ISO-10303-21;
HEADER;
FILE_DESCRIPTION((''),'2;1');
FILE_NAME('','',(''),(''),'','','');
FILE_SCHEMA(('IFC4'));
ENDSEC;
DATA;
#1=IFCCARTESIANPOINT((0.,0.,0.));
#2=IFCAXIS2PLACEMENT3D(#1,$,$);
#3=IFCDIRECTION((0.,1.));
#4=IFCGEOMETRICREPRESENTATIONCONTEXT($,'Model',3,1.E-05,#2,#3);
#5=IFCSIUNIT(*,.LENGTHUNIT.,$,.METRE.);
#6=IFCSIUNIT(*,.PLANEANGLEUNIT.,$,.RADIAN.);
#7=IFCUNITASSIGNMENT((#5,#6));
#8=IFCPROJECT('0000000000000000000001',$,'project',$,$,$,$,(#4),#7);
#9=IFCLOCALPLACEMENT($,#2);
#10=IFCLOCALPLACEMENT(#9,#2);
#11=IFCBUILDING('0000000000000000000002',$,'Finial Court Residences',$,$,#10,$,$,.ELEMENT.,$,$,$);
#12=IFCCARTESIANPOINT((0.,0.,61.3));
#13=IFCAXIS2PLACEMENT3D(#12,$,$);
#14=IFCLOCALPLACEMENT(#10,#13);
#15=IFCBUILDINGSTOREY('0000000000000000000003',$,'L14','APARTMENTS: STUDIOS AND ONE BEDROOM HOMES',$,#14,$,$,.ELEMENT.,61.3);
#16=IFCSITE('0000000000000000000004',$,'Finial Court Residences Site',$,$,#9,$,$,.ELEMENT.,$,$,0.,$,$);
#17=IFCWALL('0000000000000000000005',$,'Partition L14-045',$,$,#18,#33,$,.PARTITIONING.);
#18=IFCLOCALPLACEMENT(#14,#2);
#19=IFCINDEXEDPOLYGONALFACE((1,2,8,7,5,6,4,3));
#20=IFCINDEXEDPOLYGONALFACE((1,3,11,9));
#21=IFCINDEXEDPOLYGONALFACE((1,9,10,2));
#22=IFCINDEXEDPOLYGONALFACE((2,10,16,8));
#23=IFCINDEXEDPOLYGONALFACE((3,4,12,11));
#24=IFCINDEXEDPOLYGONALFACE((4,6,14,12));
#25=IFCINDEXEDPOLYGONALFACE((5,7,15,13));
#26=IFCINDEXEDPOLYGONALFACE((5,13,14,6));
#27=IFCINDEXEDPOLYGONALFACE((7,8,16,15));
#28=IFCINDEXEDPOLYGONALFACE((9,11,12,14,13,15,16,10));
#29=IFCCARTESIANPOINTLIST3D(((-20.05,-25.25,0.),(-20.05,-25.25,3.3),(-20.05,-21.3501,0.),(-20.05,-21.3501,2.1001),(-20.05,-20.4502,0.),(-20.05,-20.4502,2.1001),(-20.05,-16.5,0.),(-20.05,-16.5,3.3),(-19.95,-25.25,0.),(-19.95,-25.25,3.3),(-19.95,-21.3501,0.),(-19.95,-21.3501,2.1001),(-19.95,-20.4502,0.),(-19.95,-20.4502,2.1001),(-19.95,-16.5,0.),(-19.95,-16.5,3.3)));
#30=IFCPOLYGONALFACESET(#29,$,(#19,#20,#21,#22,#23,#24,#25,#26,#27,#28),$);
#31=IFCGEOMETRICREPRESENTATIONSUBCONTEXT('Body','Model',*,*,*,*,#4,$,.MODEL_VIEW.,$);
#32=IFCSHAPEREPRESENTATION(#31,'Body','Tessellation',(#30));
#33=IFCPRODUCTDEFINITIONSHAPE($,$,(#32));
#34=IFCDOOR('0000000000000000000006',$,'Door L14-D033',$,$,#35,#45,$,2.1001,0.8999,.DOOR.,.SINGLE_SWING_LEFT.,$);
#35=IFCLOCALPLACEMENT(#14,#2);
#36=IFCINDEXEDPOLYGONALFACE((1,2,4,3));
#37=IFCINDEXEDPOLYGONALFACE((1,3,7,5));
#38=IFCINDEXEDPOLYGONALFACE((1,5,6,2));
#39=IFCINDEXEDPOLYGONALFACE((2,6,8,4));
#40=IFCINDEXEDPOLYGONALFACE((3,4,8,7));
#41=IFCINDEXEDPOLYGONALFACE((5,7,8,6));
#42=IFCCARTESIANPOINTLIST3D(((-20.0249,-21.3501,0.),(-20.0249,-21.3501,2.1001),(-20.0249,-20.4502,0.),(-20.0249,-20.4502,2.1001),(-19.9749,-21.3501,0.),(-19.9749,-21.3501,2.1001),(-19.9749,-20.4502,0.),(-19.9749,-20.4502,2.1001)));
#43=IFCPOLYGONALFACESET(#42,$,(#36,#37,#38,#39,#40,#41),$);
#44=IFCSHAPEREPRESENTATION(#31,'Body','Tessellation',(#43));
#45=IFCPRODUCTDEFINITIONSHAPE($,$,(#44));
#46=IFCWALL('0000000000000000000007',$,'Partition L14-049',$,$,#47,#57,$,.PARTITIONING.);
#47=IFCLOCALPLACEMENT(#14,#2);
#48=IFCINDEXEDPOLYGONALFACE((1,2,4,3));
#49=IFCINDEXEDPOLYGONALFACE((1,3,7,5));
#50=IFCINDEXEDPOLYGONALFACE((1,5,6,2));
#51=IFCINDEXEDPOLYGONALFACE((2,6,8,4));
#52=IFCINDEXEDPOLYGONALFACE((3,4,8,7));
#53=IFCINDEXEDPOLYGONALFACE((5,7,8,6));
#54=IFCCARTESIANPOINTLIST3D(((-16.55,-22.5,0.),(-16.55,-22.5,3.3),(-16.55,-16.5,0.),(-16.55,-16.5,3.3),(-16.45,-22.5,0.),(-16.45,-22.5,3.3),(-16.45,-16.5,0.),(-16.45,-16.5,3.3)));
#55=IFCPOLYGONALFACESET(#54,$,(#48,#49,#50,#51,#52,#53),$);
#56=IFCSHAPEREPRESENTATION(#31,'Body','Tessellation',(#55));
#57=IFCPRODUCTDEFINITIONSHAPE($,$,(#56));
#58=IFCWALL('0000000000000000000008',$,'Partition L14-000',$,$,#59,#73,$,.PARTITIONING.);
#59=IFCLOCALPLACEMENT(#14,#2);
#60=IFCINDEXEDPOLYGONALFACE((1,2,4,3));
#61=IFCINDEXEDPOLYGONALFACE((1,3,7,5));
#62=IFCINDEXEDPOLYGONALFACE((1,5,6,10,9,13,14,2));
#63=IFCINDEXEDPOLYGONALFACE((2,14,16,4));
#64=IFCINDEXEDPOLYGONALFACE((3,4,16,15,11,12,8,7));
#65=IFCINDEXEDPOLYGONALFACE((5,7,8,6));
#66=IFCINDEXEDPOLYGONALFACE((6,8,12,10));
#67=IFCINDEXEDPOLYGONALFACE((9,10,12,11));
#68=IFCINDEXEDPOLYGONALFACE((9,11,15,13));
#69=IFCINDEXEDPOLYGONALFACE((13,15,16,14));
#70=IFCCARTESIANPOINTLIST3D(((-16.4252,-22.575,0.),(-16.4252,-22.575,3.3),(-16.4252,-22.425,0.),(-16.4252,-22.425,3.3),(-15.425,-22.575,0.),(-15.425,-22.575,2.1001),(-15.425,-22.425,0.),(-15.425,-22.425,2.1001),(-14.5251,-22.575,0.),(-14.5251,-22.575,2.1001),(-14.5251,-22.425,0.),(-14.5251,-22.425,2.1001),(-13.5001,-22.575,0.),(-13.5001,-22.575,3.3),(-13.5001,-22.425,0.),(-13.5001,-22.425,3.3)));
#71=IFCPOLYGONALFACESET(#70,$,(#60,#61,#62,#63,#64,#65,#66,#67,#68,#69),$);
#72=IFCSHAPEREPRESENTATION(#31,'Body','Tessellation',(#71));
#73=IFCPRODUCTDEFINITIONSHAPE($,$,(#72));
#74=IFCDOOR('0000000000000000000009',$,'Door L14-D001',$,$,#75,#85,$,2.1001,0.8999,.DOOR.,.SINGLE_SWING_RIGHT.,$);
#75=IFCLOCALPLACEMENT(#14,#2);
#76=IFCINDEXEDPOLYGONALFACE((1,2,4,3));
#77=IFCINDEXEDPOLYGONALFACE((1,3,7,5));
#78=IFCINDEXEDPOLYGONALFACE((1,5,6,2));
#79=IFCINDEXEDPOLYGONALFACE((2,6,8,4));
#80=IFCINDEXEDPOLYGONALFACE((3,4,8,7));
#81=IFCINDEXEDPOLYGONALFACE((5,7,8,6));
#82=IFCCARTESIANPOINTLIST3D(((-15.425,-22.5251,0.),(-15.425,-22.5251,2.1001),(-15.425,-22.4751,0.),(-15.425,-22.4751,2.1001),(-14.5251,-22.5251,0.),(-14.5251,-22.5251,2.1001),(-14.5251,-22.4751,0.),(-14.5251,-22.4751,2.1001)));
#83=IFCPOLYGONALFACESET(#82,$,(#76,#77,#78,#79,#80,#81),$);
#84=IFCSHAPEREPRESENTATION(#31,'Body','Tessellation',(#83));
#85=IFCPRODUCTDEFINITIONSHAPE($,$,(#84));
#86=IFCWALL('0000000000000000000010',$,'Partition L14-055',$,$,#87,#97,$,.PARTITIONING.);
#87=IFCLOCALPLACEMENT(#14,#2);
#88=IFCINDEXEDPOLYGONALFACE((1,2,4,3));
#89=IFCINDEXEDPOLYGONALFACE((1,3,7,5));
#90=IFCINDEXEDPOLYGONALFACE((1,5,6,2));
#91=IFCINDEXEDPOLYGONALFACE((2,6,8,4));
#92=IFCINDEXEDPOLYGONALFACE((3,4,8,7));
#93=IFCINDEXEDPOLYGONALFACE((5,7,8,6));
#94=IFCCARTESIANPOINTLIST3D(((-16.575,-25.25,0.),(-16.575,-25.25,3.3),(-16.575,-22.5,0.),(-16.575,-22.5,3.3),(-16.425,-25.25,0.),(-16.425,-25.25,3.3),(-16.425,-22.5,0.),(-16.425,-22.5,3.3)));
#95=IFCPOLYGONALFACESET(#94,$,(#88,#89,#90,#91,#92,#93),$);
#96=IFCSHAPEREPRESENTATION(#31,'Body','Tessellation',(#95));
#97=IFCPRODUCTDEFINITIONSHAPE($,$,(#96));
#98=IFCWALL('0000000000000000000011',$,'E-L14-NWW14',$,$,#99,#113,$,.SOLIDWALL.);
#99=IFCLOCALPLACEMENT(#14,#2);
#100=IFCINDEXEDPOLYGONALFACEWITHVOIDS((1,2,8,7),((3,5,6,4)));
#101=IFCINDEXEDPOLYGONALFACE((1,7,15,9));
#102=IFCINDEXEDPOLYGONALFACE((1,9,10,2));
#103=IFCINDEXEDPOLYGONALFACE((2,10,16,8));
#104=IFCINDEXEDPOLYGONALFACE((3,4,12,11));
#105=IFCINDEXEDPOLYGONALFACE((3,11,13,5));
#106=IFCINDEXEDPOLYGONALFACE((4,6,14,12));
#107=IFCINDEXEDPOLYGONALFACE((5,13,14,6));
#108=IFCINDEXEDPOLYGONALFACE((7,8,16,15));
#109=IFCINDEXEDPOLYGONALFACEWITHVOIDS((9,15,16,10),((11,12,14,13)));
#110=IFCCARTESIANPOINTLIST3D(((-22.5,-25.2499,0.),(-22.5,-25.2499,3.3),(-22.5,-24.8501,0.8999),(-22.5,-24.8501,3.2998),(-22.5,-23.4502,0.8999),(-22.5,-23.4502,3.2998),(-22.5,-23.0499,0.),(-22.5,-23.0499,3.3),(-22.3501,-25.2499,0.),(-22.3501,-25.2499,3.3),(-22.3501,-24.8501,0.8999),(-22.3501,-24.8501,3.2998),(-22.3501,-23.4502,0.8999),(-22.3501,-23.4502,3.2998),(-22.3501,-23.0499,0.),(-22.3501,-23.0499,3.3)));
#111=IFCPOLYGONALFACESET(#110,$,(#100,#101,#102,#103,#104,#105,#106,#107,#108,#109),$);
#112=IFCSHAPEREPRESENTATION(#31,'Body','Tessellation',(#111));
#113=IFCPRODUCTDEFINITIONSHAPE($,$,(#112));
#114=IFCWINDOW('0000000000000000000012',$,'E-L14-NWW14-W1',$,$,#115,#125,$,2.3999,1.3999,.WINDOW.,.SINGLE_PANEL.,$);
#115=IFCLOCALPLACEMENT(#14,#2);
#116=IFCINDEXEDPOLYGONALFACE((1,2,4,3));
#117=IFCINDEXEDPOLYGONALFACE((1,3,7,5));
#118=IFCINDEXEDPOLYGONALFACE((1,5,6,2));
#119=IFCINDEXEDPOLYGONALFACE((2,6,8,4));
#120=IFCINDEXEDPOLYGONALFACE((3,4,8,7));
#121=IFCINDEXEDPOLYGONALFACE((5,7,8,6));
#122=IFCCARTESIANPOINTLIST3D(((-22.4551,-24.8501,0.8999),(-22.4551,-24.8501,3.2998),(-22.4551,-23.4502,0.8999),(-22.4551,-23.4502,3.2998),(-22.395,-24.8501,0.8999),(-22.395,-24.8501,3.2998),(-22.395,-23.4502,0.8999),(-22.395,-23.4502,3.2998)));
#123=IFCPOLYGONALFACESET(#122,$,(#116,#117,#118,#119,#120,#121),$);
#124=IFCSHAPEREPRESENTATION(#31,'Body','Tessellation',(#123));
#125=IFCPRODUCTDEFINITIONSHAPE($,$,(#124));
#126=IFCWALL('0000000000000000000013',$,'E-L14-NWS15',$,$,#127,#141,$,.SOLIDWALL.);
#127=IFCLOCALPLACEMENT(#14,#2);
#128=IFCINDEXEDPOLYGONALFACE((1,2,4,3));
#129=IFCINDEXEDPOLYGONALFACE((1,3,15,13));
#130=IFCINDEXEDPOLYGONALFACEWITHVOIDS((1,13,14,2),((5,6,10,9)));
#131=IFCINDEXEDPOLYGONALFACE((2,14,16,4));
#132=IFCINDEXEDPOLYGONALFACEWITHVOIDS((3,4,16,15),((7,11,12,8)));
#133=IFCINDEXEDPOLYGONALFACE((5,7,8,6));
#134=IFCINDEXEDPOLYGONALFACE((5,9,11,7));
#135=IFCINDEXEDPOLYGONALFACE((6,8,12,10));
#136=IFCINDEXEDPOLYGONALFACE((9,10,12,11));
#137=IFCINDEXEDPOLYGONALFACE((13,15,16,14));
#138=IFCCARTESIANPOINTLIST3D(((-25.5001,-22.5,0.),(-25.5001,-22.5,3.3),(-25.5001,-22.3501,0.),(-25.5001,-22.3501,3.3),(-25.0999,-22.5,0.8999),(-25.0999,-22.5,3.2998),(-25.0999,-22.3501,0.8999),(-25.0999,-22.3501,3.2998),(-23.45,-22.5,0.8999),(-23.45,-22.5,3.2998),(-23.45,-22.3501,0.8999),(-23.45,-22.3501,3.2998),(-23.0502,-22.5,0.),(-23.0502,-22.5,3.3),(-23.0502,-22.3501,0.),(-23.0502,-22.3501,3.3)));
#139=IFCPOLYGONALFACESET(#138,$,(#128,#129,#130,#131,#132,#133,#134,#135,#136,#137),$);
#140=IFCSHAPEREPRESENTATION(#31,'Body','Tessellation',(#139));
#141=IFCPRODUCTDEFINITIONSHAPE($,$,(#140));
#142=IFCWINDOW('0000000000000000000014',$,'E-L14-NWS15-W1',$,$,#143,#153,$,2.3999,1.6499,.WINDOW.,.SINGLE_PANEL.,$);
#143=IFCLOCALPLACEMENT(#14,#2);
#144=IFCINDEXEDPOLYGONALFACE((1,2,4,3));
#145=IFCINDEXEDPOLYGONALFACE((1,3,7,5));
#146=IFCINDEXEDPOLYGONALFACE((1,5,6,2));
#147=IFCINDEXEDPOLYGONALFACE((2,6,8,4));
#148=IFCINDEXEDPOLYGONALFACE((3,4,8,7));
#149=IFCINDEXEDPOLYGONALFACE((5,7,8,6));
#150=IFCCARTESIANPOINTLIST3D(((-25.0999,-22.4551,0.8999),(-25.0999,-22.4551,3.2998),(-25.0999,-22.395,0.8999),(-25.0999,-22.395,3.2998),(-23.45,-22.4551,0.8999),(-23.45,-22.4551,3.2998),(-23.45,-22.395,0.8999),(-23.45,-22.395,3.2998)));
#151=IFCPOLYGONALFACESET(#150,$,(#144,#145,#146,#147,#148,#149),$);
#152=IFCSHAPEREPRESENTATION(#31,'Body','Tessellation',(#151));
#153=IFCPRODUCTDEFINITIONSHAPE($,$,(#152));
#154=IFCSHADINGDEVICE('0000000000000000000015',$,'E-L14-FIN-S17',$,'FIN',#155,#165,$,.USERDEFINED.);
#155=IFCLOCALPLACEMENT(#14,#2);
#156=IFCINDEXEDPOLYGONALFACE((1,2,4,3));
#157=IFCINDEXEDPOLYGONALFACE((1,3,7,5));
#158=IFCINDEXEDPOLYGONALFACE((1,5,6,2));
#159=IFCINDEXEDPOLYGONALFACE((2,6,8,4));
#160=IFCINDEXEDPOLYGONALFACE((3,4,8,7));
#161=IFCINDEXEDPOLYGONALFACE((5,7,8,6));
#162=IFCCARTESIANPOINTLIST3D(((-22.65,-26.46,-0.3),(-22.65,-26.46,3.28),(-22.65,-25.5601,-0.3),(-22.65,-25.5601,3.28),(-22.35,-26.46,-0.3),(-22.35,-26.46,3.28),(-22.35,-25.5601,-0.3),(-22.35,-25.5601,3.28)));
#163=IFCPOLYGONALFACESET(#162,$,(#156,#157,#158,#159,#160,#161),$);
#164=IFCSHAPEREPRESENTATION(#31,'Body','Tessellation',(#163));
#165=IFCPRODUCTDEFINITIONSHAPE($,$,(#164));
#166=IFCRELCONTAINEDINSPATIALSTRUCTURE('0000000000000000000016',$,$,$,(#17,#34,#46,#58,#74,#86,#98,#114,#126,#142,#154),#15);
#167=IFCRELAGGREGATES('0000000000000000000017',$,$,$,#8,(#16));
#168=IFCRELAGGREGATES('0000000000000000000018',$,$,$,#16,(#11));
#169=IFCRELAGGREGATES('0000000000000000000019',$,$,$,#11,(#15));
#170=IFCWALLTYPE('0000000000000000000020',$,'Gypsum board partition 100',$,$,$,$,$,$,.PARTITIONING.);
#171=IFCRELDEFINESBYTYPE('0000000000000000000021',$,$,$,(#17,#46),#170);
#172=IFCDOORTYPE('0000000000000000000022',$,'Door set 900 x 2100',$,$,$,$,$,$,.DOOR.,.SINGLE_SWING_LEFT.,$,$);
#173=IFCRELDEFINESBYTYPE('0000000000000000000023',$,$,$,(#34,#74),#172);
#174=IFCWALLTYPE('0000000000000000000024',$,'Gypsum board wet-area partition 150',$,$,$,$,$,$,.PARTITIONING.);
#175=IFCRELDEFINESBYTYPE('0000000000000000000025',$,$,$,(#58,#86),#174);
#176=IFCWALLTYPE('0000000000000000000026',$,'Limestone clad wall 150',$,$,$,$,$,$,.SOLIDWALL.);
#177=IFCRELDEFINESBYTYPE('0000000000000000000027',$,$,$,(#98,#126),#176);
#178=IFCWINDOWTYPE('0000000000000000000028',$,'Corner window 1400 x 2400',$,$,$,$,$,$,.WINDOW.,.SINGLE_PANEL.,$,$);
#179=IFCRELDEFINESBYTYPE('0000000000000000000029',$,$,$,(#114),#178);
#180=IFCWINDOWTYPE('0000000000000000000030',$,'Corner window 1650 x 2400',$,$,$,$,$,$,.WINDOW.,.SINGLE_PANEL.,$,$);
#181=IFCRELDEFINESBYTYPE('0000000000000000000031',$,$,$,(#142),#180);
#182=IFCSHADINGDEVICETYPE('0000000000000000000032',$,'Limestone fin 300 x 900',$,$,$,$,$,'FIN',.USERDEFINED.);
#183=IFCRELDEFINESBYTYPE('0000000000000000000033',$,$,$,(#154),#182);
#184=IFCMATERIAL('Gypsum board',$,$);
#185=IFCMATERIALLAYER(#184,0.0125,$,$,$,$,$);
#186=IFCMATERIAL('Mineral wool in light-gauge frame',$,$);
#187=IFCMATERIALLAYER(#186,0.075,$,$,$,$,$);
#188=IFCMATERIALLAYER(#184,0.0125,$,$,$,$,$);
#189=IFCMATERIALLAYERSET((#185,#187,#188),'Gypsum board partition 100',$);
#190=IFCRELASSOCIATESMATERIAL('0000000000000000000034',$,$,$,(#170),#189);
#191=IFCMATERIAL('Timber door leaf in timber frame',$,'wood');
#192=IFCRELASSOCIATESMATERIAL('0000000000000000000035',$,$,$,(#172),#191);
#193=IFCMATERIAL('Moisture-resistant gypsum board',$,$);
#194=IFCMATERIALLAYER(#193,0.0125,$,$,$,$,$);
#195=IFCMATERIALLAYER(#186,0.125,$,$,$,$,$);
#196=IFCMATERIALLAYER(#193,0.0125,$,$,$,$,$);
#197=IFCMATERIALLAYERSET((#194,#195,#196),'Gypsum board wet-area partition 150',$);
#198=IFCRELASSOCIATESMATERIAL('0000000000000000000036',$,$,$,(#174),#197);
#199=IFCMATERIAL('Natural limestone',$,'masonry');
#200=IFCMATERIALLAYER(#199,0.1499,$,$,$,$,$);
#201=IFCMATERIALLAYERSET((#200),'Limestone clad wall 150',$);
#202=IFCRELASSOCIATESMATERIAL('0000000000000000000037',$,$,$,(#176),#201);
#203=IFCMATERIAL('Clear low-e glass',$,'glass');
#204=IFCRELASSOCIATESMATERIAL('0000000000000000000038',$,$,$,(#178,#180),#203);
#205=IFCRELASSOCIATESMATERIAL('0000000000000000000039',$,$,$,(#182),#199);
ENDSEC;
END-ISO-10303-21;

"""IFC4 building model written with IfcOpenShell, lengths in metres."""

from ifc_helpers import new_model, si_unit, direction, frame, frame_2d, origin, origin_2d, place, context, subcontext, project, spatial, rectangle, extrude, material, layer, layer_set, type_object, element, fill, save


model = new_model("IFC4")

# Units and contexts
model_context = context("Model", 3, precision=1e-05, world=origin(), true_north=direction((0.0, 1.0)))
body_context = subcontext(model_context, "Body", "Model", "MODEL_VIEW")
ifc_project = project(units=[si_unit("LENGTHUNIT", "METRE"), si_unit("PLANEANGLEUNIT", "RADIAN")], contexts=[model_context])

# Site, building, storey
site_placement = place(None, origin())
site = spatial("IfcSite", under=ifc_project, at=site_placement, Name="Finial Court Residences Site", CompositionType="ELEMENT", RefElevation=0.0)
building_placement = place(site_placement, origin())
building = spatial("IfcBuilding", under=site, at=building_placement, Name="Finial Court Residences", CompositionType="ELEMENT")
storey_placement = place(building_placement, frame((0.0, 0.0, 61.3)))
storey = spatial("IfcBuildingStorey", under=building, at=storey_placement, Name="L14", Description="APARTMENTS: STUDIOS AND ONE BEDROOM HOMES", CompositionType="ELEMENT", Elevation=61.3)

# Shared definitions
ifc_material_1 = material(Name="Clear low-e glass", Category="glass")

# Wall, opening, door
ifc_material_2 = material(Name="Gypsum board")
ifc_layer_1 = layer(ifc_material_2, 0.0125)
ifc_material_3 = material(Name="Mineral wool in light-gauge frame")
ifc_layer_2 = layer(ifc_material_3, 0.075)
ifc_layer_3 = layer(ifc_material_2, 0.0125)
ifc_layer_set_1 = layer_set([ifc_layer_1, ifc_layer_2, ifc_layer_3], Name="Gypsum board partition 100")
wall_type_1 = type_object("IfcWallType", Name="Gypsum board partition 100", PredefinedType="PARTITIONING", material=ifc_layer_set_1)
wall_1_placement = place(storey_placement, frame((-20.0, -25.25, 0.0), z_axis=(0.0, 0.0, 1.0), x_axis=(0.0, 1.0, 0.0)))
wall_1 = element("IfcWall", 1, at=wall_1_placement, inside=storey, type_object=wall_type_1, Name="Partition L14-045", PredefinedType="PARTITIONING", context=body_context, shape_type="SweptSolid", body=[
    extrude(rectangle(XDim=8.75, YDim=0.1001, at=frame_2d((4.375, 0.0))), origin(), (0.0, 0.0, 1.0), 3.3),
])
opening_1_placement = place(wall_1_placement, frame((3.8999, 0.0, 0.0)))
opening_1 = element("IfcOpeningElement", 2, at=opening_1_placement, cuts=wall_1, PredefinedType="OPENING", context=body_context, shape_type="SweptSolid", body=[
    extrude(rectangle(XDim=0.8999, YDim=2.1001, at=frame_2d((0.45, 1.05))), frame((0.0, 0.0601, 0.0), z_axis=(0.0, -1.0, 0.0), x_axis=(1.0, 0.0, 0.0)), (0.0, 0.0, 1.0), 0.1201),
])
ifc_material_4 = material(Name="Timber door leaf in timber frame", Category="wood")
door_type = type_object("IfcDoorType", Name="Door set 900 x 2100", OperationType="SINGLE_SWING_LEFT", PredefinedType="DOOR", material=ifc_material_4)
door_1_placement = place(opening_1_placement, origin())
door_1 = element("IfcDoor", 3, at=door_1_placement, inside=storey, type_object=door_type, Name="Door L14-D033", OperationType="SINGLE_SWING_LEFT", OverallHeight=2.1001, OverallWidth=0.8999, PredefinedType="DOOR", context=body_context, shape_type="SweptSolid", body=[
    extrude(rectangle(XDim=0.8999, YDim=2.1001, at=frame_2d((0.45, 1.05))), frame((0.0, 0.0249, 0.0), z_axis=(0.0, -1.0, 0.0), x_axis=(1.0, 0.0, 0.0)), (0.0, 0.0, 1.0), 0.05),
])
fill(opening_1, door_1)

# Wall
wall_2_placement = place(storey_placement, frame((-16.5, -22.5, 0.0), z_axis=(0.0, 0.0, 1.0), x_axis=(0.0, 1.0, 0.0)))
element("IfcWall", 4, at=wall_2_placement, inside=storey, type_object=wall_type_1, Name="Partition L14-049", PredefinedType="PARTITIONING", context=body_context, shape_type="SweptSolid", body=[
    extrude(rectangle(XDim=6.0, YDim=0.1001, at=frame_2d((3.0, 0.0))), origin(), (0.0, 0.0, 1.0), 3.3),
])

# Wall, opening, door
ifc_material_5 = material(Name="Moisture-resistant gypsum board")
ifc_layer_4 = layer(ifc_material_5, 0.0125)
ifc_layer_5 = layer(ifc_material_3, 0.125)
ifc_layer_6 = layer(ifc_material_5, 0.0125)
ifc_layer_set_2 = layer_set([ifc_layer_4, ifc_layer_5, ifc_layer_6], Name="Gypsum board wet-area partition 150")
wall_type_2 = type_object("IfcWallType", Name="Gypsum board wet-area partition 150", PredefinedType="PARTITIONING", material=ifc_layer_set_2)
wall_3_placement = place(storey_placement, frame((-16.425, -22.5, 0.0), z_axis=(0.0, 0.0, 1.0), x_axis=(1.0, 0.0, 0.0)))
wall_3 = element("IfcWall", 5, at=wall_3_placement, inside=storey, type_object=wall_type_2, Name="Partition L14-000", PredefinedType="PARTITIONING", context=body_context, shape_type="SweptSolid", body=[
    extrude(rectangle(XDim=2.925, YDim=0.1499, at=frame_2d((1.4624, 0.0))), origin(), (0.0, 0.0, 1.0), 3.3),
])
opening_2_placement = place(wall_3_placement, frame((1.0, 0.0, 0.0)))
opening_2 = element("IfcOpeningElement", 6, at=opening_2_placement, cuts=wall_3, PredefinedType="OPENING", context=body_context, shape_type="SweptSolid", body=[
    extrude(rectangle(XDim=0.8999, YDim=2.1001, at=frame_2d((0.45, 1.05))), frame((0.0, 0.085, 0.0), z_axis=(0.0, -1.0, 0.0), x_axis=(1.0, 0.0, 0.0)), (0.0, 0.0, 1.0), 0.1699),
])
door_2_placement = place(opening_2_placement, origin())
door_2 = element("IfcDoor", 7, at=door_2_placement, inside=storey, type_object=door_type, Name="Door L14-D001", OperationType="SINGLE_SWING_RIGHT", OverallHeight=2.1001, OverallWidth=0.8999, PredefinedType="DOOR", context=body_context, shape_type="SweptSolid", body=[
    extrude(rectangle(XDim=0.8999, YDim=2.1001, at=frame_2d((0.45, 1.05))), frame((0.0, 0.0249, 0.0), z_axis=(0.0, -1.0, 0.0), x_axis=(1.0, 0.0, 0.0)), (0.0, 0.0, 1.0), 0.05),
])
fill(opening_2, door_2)

# Wall
wall_4_placement = place(storey_placement, frame((-16.5, -25.25, 0.0), z_axis=(0.0, 0.0, 1.0), x_axis=(0.0, 1.0, 0.0)))
element("IfcWall", 8, at=wall_4_placement, inside=storey, type_object=wall_type_2, Name="Partition L14-055", PredefinedType="PARTITIONING", context=body_context, shape_type="SweptSolid", body=[
    extrude(rectangle(XDim=2.75, YDim=0.1499, at=frame_2d((1.375, 0.0))), origin(), (0.0, 0.0, 1.0), 3.3),
])

# Walls, openings, windows
ifc_material_6 = material(Name="Natural limestone", Category="masonry")
ifc_layer_7 = layer(ifc_material_6, 0.1499)
ifc_layer_set_3 = layer_set([ifc_layer_7], Name="Limestone clad wall 150")
wall_type_3 = type_object("IfcWallType", Name="Limestone clad wall 150", PredefinedType="SOLIDWALL", material=ifc_layer_set_3)
wall_5_placement = place(storey_placement, frame((-22.425, -25.25, 0.0), z_axis=(0.0, 0.0, 1.0), x_axis=(0.0, 1.0, 0.0)))
wall_5 = element("IfcWall", 9, at=wall_5_placement, inside=storey, type_object=wall_type_3, Name="E-L14-NWW14", PredefinedType="SOLIDWALL", context=body_context, shape_type="SweptSolid", body=[
    extrude(rectangle(XDim=2.2, YDim=0.1499, at=frame_2d((1.1001, 0.0))), origin(), (0.0, 0.0, 1.0), 3.3),
])
opening_3_placement = place(wall_5_placement, frame((0.3999, 0.0, 0.8999)))
opening_3 = element("IfcOpeningElement", 10, at=opening_3_placement, cuts=wall_5, PredefinedType="OPENING", context=body_context, shape_type="SweptSolid", body=[
    extrude(rectangle(XDim=1.3999, YDim=2.3999, at=frame_2d((0.7, 1.2))), frame((0.0, 0.085, 0.0), z_axis=(0.0, -1.0, 0.0), x_axis=(1.0, 0.0, 0.0)), (0.0, 0.0, 1.0), 0.1699),
])
window_type_1 = type_object("IfcWindowType", Name="Corner window 1400 x 2400", PartitioningType="SINGLE_PANEL", PredefinedType="WINDOW", material=ifc_material_1)
window_1_placement = place(opening_3_placement, origin())
window_1 = element("IfcWindow", 11, at=window_1_placement, inside=storey, type_object=window_type_1, Name="E-L14-NWW14-W1", OverallHeight=2.3999, OverallWidth=1.3999, PartitioningType="SINGLE_PANEL", PredefinedType="WINDOW", context=body_context, shape_type="SweptSolid", body=[
    extrude(rectangle(XDim=1.3999, YDim=2.3999, at=frame_2d((0.7, 1.2))), frame((0.0, 0.03, 0.0), z_axis=(0.0, -1.0, 0.0), x_axis=(1.0, 0.0, 0.0)), (0.0, 0.0, 1.0), 0.0601),
])
fill(opening_3, window_1)
wall_6_placement = place(storey_placement, frame((-23.05, -22.425, 0.0), z_axis=(0.0, 0.0, 1.0), x_axis=(-1.0, 0.0, 0.0)))
wall_6 = element("IfcWall", 12, at=wall_6_placement, inside=storey, type_object=wall_type_3, Name="E-L14-NWS15", PredefinedType="SOLIDWALL", context=body_context, shape_type="SweptSolid", body=[
    extrude(rectangle(XDim=2.45, YDim=0.1499, at=frame_2d((1.2251, 0.0))), origin(), (0.0, 0.0, 1.0), 3.3),
])
opening_4_placement = place(wall_6_placement, frame((0.3999, 0.0, 0.8999)))
opening_4 = element("IfcOpeningElement", 13, at=opening_4_placement, cuts=wall_6, PredefinedType="OPENING", context=body_context, shape_type="SweptSolid", body=[
    extrude(rectangle(XDim=1.6499, YDim=2.3999, at=frame_2d((0.825, 1.2))), frame((0.0, 0.085, 0.0), z_axis=(0.0, -1.0, 0.0), x_axis=(1.0, 0.0, 0.0)), (0.0, 0.0, 1.0), 0.1699),
])
window_type_2 = type_object("IfcWindowType", Name="Corner window 1650 x 2400", PartitioningType="SINGLE_PANEL", PredefinedType="WINDOW", material=ifc_material_1)
window_2_placement = place(opening_4_placement, origin())
window_2 = element("IfcWindow", 14, at=window_2_placement, inside=storey, type_object=window_type_2, Name="E-L14-NWS15-W1", OverallHeight=2.3999, OverallWidth=1.6499, PartitioningType="SINGLE_PANEL", PredefinedType="WINDOW", context=body_context, shape_type="SweptSolid", body=[
    extrude(rectangle(XDim=1.6499, YDim=2.3999, at=frame_2d((0.825, 1.2))), frame((0.0, 0.03, 0.0), z_axis=(0.0, -1.0, 0.0), x_axis=(1.0, 0.0, 0.0)), (0.0, 0.0, 1.0), 0.0601),
])
fill(opening_4, window_2)

# Shading device
shading_device_type = type_object("IfcShadingDeviceType", Name="Limestone fin 300 x 900", ElementType="FIN", PredefinedType="USERDEFINED", material=ifc_material_6)
for number, where, z_axis, x_axis, name in (
    (15, (-22.5, -26.01, -0.3), (0.0, 0.0, 1.0), (1.0, 0.0, 0.0), "E-L14-FIN-S17"),
):
    element("IfcShadingDevice", number, at=place(storey_placement, frame(where, z_axis=z_axis, x_axis=x_axis)), inside=storey, type_object=shading_device_type, Name=name, ObjectType="FIN", PredefinedType="USERDEFINED", context=body_context, shape_type="SweptSolid", body=[
        extrude(rectangle(XDim=0.3, YDim=0.8999, at=origin_2d()), origin(), (0.0, 0.0, 1.0), 3.5801),
    ])

save(model, "model.ifc")
